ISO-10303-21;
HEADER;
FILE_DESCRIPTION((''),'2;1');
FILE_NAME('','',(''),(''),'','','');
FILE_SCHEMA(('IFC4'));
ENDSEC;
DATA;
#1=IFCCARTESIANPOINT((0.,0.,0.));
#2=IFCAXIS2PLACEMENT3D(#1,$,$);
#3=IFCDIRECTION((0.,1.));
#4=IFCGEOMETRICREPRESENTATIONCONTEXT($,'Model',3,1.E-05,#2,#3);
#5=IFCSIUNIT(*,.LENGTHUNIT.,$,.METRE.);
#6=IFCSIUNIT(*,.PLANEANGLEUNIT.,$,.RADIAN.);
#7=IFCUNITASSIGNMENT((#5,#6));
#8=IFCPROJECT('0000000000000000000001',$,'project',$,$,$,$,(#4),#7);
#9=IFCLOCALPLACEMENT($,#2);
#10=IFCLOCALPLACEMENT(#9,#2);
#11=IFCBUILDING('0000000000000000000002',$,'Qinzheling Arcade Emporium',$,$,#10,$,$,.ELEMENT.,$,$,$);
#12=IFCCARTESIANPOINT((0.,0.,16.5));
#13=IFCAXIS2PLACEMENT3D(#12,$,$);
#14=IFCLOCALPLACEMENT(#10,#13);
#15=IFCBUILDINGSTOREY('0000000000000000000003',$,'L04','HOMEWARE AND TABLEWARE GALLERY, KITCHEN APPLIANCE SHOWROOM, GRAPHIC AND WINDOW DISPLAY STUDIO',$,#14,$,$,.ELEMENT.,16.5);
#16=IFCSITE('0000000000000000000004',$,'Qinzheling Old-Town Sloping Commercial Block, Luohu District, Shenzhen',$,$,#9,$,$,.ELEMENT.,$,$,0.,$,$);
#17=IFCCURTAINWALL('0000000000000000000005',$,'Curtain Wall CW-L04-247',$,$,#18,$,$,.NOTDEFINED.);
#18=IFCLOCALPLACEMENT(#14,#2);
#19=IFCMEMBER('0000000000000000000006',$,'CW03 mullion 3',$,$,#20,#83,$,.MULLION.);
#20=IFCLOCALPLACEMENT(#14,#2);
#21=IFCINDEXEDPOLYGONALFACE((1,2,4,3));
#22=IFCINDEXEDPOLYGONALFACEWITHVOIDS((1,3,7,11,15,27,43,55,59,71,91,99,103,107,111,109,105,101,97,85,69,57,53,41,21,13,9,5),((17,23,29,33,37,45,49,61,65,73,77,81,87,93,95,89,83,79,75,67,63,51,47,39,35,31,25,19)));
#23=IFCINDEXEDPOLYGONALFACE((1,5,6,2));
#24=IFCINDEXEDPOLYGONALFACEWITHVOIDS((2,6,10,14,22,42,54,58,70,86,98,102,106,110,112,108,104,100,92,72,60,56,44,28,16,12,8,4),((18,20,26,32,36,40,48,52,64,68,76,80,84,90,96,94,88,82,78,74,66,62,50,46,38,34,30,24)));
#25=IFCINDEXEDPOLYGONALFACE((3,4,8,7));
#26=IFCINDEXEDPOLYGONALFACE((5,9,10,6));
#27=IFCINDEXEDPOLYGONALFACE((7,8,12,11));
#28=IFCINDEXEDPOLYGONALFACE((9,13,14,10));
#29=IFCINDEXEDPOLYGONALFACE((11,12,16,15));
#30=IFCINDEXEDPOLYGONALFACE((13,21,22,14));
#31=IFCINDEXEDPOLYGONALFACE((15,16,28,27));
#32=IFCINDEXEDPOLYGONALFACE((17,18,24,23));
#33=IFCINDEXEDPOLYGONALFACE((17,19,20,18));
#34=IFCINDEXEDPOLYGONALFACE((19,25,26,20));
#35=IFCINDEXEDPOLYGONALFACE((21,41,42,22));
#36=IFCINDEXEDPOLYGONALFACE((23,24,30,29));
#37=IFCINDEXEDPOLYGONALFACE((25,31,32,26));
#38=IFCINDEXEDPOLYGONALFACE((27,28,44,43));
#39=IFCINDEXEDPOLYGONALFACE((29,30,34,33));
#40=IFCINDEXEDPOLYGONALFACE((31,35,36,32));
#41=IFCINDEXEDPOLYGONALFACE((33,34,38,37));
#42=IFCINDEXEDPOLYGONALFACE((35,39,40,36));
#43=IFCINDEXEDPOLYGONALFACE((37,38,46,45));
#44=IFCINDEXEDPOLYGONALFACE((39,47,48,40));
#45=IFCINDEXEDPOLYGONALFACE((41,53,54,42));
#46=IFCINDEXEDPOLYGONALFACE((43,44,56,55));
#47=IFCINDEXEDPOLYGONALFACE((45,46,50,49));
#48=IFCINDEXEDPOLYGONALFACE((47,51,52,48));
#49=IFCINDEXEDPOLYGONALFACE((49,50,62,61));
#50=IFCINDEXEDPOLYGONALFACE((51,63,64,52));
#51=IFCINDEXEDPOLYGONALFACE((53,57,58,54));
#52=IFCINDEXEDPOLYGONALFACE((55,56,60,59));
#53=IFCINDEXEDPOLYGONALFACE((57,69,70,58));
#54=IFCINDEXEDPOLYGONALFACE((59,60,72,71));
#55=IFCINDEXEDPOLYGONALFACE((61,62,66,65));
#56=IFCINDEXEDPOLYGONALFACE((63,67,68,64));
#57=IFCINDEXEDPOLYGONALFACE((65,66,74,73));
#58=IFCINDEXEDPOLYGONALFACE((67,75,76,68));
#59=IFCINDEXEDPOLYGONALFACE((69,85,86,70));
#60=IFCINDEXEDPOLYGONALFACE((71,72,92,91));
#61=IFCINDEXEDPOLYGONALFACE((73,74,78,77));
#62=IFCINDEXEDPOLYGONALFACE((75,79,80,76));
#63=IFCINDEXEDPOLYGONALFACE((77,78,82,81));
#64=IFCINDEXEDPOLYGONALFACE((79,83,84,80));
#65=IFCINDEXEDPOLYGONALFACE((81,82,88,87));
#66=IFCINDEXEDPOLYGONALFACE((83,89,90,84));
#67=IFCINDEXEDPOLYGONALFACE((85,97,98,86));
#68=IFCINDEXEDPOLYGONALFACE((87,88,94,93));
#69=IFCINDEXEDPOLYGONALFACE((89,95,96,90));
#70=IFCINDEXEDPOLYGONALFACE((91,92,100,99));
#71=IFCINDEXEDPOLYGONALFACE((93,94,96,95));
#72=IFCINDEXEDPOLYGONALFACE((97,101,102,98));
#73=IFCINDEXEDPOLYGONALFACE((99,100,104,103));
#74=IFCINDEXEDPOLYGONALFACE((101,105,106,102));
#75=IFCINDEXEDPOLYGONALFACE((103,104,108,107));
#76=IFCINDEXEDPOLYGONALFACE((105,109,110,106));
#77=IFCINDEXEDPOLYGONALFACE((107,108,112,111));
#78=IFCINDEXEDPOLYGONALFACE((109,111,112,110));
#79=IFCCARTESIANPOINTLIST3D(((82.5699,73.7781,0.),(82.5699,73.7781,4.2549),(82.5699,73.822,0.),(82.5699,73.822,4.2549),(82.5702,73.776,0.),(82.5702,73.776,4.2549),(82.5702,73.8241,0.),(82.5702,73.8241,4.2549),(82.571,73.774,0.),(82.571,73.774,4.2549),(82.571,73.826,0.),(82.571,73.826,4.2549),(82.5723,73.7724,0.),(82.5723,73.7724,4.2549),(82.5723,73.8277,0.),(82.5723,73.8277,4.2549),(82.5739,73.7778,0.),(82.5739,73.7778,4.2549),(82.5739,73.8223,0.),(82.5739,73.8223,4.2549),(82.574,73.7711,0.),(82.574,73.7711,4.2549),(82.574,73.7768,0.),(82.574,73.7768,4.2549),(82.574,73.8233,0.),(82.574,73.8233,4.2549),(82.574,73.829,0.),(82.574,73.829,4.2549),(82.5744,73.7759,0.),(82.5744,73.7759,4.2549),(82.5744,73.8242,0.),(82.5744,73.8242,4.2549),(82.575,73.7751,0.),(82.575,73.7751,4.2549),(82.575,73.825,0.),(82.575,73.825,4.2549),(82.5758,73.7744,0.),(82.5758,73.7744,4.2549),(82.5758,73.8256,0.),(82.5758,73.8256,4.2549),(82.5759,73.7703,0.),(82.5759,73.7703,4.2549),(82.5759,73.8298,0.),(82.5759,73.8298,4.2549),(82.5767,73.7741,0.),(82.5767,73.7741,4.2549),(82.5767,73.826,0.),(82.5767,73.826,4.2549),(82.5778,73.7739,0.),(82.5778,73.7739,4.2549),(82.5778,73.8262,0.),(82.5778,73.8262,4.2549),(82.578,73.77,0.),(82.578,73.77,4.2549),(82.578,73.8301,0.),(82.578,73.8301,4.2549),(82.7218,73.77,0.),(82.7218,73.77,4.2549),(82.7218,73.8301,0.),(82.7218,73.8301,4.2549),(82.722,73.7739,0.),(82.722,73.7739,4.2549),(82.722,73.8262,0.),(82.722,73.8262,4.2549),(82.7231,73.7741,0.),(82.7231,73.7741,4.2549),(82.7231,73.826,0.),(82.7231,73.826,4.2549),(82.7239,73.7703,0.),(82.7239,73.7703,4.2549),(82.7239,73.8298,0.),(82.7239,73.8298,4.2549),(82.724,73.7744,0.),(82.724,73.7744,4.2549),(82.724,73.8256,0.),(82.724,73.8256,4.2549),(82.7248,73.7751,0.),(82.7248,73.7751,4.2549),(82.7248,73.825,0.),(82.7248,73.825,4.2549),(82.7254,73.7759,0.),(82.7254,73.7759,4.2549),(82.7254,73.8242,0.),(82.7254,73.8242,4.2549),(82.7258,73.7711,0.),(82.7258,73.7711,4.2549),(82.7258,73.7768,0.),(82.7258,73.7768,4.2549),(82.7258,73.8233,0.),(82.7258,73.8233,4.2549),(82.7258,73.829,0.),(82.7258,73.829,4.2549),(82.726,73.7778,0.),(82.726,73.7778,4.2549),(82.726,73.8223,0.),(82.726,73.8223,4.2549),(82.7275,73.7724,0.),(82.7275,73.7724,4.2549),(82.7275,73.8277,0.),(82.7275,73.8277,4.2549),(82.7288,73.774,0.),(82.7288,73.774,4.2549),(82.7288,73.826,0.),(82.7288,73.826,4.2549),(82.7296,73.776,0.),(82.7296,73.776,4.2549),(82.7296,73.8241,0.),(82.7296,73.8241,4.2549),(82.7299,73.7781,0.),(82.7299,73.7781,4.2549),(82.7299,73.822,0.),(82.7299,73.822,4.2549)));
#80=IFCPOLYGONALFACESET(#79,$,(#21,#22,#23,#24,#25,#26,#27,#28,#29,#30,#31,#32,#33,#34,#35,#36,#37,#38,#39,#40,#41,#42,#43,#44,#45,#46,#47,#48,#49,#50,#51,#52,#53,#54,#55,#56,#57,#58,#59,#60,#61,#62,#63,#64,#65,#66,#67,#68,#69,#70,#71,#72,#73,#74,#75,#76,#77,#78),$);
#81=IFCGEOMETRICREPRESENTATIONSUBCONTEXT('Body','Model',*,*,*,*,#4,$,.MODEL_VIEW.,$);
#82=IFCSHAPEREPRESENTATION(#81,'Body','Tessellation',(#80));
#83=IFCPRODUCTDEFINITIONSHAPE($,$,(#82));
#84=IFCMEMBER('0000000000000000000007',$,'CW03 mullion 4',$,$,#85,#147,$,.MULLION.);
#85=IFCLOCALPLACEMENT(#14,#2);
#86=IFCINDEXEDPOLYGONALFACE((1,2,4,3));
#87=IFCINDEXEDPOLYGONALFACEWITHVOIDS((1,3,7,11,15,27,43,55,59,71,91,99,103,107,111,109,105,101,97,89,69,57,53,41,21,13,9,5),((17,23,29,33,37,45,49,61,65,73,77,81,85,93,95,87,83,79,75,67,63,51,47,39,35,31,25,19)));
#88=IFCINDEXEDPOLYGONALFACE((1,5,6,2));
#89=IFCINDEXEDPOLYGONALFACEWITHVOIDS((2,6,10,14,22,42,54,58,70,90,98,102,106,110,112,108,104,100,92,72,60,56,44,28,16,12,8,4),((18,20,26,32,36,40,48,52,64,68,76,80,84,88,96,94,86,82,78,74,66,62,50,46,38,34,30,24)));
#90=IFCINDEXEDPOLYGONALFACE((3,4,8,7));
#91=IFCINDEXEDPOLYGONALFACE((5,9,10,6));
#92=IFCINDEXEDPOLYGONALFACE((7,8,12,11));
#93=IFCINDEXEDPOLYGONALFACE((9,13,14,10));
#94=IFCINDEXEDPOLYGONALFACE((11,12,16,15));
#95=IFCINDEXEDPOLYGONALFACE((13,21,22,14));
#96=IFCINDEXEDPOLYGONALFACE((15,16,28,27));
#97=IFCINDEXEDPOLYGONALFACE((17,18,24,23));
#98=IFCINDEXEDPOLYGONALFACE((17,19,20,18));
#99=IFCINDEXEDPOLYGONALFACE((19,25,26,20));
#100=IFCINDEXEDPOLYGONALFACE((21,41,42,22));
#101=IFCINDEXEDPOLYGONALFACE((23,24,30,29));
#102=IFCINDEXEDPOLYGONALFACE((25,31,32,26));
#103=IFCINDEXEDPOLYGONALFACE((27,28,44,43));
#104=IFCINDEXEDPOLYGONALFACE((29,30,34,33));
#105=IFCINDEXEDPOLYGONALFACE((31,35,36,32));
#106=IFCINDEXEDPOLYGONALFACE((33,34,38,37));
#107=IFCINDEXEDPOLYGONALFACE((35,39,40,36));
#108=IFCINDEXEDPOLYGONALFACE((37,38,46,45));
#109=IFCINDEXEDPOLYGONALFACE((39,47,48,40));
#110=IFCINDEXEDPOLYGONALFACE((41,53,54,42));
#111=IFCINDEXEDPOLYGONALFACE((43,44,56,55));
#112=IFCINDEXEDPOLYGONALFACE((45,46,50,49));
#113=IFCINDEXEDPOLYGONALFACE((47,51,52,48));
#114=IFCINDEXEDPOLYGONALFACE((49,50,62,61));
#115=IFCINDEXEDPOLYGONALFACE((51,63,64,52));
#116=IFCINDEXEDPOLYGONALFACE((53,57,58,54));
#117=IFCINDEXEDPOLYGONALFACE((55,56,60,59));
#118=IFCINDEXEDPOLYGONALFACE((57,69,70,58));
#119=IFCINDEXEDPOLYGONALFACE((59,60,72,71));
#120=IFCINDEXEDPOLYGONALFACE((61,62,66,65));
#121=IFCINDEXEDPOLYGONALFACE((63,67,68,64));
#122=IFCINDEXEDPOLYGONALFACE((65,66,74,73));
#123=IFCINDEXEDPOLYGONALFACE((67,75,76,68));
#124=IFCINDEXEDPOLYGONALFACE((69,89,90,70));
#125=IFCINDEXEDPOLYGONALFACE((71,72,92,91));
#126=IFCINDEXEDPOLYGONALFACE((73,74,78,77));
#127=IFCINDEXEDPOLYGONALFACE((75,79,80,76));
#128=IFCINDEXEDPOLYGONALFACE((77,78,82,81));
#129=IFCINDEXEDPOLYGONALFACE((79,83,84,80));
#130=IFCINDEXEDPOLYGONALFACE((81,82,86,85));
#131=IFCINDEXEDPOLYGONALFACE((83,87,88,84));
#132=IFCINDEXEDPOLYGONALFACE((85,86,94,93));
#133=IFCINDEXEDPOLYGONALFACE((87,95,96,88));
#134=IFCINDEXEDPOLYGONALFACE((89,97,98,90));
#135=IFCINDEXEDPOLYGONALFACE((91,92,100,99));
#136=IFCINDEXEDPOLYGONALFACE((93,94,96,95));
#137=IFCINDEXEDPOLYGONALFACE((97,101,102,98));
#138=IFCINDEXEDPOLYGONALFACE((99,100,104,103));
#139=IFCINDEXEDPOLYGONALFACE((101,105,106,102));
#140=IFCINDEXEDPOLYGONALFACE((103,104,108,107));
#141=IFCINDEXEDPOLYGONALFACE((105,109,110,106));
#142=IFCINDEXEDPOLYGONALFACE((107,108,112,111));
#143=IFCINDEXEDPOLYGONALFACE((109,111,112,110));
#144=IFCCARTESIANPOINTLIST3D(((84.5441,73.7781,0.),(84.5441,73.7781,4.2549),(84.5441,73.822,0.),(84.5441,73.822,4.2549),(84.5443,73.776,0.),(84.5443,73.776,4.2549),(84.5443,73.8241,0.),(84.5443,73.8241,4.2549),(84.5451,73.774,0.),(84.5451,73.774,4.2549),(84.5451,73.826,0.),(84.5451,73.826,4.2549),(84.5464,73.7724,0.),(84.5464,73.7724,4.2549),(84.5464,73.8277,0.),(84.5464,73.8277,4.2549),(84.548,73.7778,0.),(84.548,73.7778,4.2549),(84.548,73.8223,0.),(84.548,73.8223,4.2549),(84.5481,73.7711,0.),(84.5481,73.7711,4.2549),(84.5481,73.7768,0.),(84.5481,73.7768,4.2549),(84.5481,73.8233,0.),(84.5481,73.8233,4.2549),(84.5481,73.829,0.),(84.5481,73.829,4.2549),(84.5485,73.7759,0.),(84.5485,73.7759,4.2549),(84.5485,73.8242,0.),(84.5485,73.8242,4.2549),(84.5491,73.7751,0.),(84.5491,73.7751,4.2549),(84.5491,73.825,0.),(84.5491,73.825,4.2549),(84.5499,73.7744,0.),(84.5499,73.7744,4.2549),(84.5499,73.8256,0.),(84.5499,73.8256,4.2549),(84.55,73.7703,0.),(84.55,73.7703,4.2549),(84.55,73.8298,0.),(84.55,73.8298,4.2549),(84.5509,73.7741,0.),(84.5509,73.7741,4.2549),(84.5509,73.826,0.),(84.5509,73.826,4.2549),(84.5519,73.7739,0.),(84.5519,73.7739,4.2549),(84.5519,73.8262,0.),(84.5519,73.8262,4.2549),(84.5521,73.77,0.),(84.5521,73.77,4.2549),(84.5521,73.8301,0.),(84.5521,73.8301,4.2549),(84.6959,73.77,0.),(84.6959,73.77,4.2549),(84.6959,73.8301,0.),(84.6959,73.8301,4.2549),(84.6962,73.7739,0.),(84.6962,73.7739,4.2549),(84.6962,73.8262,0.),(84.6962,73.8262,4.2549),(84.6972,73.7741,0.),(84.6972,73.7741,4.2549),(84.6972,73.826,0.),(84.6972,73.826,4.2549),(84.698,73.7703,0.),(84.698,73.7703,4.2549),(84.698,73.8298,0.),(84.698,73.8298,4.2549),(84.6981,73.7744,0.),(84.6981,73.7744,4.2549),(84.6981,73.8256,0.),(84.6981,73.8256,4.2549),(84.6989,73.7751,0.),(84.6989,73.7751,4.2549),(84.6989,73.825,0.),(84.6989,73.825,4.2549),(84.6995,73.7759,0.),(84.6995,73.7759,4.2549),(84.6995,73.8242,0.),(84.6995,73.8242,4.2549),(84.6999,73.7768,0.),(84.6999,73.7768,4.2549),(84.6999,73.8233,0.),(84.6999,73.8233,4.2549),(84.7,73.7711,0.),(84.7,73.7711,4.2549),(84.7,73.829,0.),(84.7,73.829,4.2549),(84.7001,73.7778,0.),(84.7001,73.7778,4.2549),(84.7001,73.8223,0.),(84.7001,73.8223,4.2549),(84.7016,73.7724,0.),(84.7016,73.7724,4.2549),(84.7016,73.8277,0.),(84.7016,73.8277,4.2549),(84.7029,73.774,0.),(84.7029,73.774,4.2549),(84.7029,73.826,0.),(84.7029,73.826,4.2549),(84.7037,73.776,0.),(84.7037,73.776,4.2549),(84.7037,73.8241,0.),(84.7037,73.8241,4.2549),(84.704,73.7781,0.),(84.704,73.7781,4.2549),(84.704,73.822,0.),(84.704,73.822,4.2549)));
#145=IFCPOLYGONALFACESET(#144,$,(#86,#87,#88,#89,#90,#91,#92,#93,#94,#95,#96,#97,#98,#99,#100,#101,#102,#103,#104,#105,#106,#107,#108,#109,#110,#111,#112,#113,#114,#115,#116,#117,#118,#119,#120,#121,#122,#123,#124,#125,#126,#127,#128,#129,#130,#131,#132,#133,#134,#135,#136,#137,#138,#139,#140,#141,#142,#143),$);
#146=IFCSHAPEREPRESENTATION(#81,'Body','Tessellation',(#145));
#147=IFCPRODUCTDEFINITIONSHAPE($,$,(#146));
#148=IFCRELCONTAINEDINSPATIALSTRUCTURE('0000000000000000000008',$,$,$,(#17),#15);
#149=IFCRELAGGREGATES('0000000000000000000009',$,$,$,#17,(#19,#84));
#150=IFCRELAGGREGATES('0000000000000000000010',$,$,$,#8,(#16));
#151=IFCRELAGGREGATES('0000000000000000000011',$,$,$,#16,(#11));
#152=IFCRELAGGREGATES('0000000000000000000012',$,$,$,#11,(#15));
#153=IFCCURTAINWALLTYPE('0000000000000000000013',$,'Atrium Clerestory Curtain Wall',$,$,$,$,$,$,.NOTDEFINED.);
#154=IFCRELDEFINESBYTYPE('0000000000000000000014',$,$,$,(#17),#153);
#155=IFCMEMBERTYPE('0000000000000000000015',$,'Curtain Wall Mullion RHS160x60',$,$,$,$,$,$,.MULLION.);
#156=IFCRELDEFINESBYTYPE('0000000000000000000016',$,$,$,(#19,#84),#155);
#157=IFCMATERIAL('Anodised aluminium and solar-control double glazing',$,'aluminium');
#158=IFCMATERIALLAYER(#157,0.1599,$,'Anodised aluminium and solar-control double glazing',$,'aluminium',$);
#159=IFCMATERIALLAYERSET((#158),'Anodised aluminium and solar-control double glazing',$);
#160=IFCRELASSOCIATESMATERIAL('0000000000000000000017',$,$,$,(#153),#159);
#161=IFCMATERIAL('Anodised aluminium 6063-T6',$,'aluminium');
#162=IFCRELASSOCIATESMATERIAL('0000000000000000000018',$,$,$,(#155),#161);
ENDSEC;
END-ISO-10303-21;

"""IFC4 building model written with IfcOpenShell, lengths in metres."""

from ifc_helpers import new_model, si_unit, direction, frame, origin, origin_2d, place, context, subcontext, project, spatial, hollow_rectangle, extrude, material, layer, layer_set, material_profile, profile_set, type_object, element, aggregate, save


model = new_model("IFC4")

# Units and contexts
model_context = context("Model", 3, precision=1e-05, world=origin(), true_north=direction((0.0, 1.0)))
body_context = subcontext(model_context, "Body", "Model", "MODEL_VIEW")
ifc_project = project(units=[si_unit("LENGTHUNIT", "METRE"), si_unit("PLANEANGLEUNIT", "RADIAN")], contexts=[model_context])

# Site, building, storey
site_placement = place(None, origin())
site = spatial("IfcSite", under=ifc_project, at=site_placement, Name="Qinzheling Old-Town Sloping Commercial Block, Luohu District, Shenzhen", CompositionType="ELEMENT", RefElevation=0.0)
building_placement = place(site_placement, origin())
building = spatial("IfcBuilding", under=site, at=building_placement, Name="Qinzheling Arcade Emporium", CompositionType="ELEMENT")
storey_placement = place(building_placement, frame((0.0, 0.0, 16.5)))
storey = spatial("IfcBuildingStorey", under=building, at=storey_placement, Name="L04", Description="HOMEWARE AND TABLEWARE GALLERY, KITCHEN APPLIANCE SHOWROOM, GRAPHIC AND WINDOW DISPLAY STUDIO", CompositionType="ELEMENT", Elevation=16.5)

# Curtain wall, members
ifc_material_1 = material(Name="Anodised aluminium and solar-control double glazing", Category="aluminium")
ifc_layer_1 = layer(ifc_material_1, 0.1599, Name="Anodised aluminium and solar-control double glazing", Category="aluminium")
ifc_layer_set_1 = layer_set([ifc_layer_1], Name="Anodised aluminium and solar-control double glazing")
curtain_wall_type = type_object("IfcCurtainWallType", Name="Atrium Clerestory Curtain Wall", PredefinedType="NOTDEFINED", material=ifc_layer_set_1)
ifc_material_2 = material(Name="Anodised aluminium 6063-T6", Category="aluminium")
ifc_material_profile_1 = material_profile(ifc_material_2, hollow_rectangle(XDim=0.0601, YDim=0.1599, WallThickness=0.0039, InnerFilletRadius=0.0039, OuterFilletRadius=0.0081, at=origin_2d()), Name="RHS 160x60x4", Category="aluminium")
ifc_profile_set_1 = profile_set([ifc_material_profile_1], Name="Anodised aluminium 6063-T6")
member_type_1 = type_object("IfcMemberType", Name="Curtain Wall Mullion RHS160x60", PredefinedType="MULLION", material=ifc_profile_set_1)
curtain_wall_1_placement = place(storey_placement, origin())
curtain_wall_1 = element("IfcCurtainWall", 1, at=curtain_wall_1_placement, inside=storey, type_object=curtain_wall_type, Name="Curtain Wall CW-L04-247", PredefinedType="NOTDEFINED")
member_1_placement = place(storey_placement, frame((82.6499, 73.8, 0.0), z_axis=(0.0, 0.0, 1.0), x_axis=(0.0, 1.0, 0.0)))
member_1 = element("IfcMember", 2, at=member_1_placement, type_object=member_type_1, Name="CW03 mullion 3", PredefinedType="MULLION", context=body_context, shape_type="SweptSolid", body=[
    extrude(hollow_rectangle(XDim=0.0601, YDim=0.1599, WallThickness=0.0039, InnerFilletRadius=0.0039, OuterFilletRadius=0.0081, at=origin_2d()), origin(), (0.0, 0.0, 1.0), 4.2549),
])
member_2_placement = place(storey_placement, frame((84.624, 73.8, 0.0), z_axis=(0.0, 0.0, 1.0), x_axis=(0.0, 1.0, 0.0)))
member_2 = element("IfcMember", 3, at=member_2_placement, type_object=member_type_1, Name="CW03 mullion 4", PredefinedType="MULLION", context=body_context, shape_type="SweptSolid", body=[
    extrude(hollow_rectangle(XDim=0.0601, YDim=0.1599, WallThickness=0.0039, InnerFilletRadius=0.0039, OuterFilletRadius=0.0081, at=origin_2d()), origin(), (0.0, 0.0, 1.0), 4.2549),
])

aggregate(curtain_wall_1, [member_1, member_2])

save(model, "model.ifc")
